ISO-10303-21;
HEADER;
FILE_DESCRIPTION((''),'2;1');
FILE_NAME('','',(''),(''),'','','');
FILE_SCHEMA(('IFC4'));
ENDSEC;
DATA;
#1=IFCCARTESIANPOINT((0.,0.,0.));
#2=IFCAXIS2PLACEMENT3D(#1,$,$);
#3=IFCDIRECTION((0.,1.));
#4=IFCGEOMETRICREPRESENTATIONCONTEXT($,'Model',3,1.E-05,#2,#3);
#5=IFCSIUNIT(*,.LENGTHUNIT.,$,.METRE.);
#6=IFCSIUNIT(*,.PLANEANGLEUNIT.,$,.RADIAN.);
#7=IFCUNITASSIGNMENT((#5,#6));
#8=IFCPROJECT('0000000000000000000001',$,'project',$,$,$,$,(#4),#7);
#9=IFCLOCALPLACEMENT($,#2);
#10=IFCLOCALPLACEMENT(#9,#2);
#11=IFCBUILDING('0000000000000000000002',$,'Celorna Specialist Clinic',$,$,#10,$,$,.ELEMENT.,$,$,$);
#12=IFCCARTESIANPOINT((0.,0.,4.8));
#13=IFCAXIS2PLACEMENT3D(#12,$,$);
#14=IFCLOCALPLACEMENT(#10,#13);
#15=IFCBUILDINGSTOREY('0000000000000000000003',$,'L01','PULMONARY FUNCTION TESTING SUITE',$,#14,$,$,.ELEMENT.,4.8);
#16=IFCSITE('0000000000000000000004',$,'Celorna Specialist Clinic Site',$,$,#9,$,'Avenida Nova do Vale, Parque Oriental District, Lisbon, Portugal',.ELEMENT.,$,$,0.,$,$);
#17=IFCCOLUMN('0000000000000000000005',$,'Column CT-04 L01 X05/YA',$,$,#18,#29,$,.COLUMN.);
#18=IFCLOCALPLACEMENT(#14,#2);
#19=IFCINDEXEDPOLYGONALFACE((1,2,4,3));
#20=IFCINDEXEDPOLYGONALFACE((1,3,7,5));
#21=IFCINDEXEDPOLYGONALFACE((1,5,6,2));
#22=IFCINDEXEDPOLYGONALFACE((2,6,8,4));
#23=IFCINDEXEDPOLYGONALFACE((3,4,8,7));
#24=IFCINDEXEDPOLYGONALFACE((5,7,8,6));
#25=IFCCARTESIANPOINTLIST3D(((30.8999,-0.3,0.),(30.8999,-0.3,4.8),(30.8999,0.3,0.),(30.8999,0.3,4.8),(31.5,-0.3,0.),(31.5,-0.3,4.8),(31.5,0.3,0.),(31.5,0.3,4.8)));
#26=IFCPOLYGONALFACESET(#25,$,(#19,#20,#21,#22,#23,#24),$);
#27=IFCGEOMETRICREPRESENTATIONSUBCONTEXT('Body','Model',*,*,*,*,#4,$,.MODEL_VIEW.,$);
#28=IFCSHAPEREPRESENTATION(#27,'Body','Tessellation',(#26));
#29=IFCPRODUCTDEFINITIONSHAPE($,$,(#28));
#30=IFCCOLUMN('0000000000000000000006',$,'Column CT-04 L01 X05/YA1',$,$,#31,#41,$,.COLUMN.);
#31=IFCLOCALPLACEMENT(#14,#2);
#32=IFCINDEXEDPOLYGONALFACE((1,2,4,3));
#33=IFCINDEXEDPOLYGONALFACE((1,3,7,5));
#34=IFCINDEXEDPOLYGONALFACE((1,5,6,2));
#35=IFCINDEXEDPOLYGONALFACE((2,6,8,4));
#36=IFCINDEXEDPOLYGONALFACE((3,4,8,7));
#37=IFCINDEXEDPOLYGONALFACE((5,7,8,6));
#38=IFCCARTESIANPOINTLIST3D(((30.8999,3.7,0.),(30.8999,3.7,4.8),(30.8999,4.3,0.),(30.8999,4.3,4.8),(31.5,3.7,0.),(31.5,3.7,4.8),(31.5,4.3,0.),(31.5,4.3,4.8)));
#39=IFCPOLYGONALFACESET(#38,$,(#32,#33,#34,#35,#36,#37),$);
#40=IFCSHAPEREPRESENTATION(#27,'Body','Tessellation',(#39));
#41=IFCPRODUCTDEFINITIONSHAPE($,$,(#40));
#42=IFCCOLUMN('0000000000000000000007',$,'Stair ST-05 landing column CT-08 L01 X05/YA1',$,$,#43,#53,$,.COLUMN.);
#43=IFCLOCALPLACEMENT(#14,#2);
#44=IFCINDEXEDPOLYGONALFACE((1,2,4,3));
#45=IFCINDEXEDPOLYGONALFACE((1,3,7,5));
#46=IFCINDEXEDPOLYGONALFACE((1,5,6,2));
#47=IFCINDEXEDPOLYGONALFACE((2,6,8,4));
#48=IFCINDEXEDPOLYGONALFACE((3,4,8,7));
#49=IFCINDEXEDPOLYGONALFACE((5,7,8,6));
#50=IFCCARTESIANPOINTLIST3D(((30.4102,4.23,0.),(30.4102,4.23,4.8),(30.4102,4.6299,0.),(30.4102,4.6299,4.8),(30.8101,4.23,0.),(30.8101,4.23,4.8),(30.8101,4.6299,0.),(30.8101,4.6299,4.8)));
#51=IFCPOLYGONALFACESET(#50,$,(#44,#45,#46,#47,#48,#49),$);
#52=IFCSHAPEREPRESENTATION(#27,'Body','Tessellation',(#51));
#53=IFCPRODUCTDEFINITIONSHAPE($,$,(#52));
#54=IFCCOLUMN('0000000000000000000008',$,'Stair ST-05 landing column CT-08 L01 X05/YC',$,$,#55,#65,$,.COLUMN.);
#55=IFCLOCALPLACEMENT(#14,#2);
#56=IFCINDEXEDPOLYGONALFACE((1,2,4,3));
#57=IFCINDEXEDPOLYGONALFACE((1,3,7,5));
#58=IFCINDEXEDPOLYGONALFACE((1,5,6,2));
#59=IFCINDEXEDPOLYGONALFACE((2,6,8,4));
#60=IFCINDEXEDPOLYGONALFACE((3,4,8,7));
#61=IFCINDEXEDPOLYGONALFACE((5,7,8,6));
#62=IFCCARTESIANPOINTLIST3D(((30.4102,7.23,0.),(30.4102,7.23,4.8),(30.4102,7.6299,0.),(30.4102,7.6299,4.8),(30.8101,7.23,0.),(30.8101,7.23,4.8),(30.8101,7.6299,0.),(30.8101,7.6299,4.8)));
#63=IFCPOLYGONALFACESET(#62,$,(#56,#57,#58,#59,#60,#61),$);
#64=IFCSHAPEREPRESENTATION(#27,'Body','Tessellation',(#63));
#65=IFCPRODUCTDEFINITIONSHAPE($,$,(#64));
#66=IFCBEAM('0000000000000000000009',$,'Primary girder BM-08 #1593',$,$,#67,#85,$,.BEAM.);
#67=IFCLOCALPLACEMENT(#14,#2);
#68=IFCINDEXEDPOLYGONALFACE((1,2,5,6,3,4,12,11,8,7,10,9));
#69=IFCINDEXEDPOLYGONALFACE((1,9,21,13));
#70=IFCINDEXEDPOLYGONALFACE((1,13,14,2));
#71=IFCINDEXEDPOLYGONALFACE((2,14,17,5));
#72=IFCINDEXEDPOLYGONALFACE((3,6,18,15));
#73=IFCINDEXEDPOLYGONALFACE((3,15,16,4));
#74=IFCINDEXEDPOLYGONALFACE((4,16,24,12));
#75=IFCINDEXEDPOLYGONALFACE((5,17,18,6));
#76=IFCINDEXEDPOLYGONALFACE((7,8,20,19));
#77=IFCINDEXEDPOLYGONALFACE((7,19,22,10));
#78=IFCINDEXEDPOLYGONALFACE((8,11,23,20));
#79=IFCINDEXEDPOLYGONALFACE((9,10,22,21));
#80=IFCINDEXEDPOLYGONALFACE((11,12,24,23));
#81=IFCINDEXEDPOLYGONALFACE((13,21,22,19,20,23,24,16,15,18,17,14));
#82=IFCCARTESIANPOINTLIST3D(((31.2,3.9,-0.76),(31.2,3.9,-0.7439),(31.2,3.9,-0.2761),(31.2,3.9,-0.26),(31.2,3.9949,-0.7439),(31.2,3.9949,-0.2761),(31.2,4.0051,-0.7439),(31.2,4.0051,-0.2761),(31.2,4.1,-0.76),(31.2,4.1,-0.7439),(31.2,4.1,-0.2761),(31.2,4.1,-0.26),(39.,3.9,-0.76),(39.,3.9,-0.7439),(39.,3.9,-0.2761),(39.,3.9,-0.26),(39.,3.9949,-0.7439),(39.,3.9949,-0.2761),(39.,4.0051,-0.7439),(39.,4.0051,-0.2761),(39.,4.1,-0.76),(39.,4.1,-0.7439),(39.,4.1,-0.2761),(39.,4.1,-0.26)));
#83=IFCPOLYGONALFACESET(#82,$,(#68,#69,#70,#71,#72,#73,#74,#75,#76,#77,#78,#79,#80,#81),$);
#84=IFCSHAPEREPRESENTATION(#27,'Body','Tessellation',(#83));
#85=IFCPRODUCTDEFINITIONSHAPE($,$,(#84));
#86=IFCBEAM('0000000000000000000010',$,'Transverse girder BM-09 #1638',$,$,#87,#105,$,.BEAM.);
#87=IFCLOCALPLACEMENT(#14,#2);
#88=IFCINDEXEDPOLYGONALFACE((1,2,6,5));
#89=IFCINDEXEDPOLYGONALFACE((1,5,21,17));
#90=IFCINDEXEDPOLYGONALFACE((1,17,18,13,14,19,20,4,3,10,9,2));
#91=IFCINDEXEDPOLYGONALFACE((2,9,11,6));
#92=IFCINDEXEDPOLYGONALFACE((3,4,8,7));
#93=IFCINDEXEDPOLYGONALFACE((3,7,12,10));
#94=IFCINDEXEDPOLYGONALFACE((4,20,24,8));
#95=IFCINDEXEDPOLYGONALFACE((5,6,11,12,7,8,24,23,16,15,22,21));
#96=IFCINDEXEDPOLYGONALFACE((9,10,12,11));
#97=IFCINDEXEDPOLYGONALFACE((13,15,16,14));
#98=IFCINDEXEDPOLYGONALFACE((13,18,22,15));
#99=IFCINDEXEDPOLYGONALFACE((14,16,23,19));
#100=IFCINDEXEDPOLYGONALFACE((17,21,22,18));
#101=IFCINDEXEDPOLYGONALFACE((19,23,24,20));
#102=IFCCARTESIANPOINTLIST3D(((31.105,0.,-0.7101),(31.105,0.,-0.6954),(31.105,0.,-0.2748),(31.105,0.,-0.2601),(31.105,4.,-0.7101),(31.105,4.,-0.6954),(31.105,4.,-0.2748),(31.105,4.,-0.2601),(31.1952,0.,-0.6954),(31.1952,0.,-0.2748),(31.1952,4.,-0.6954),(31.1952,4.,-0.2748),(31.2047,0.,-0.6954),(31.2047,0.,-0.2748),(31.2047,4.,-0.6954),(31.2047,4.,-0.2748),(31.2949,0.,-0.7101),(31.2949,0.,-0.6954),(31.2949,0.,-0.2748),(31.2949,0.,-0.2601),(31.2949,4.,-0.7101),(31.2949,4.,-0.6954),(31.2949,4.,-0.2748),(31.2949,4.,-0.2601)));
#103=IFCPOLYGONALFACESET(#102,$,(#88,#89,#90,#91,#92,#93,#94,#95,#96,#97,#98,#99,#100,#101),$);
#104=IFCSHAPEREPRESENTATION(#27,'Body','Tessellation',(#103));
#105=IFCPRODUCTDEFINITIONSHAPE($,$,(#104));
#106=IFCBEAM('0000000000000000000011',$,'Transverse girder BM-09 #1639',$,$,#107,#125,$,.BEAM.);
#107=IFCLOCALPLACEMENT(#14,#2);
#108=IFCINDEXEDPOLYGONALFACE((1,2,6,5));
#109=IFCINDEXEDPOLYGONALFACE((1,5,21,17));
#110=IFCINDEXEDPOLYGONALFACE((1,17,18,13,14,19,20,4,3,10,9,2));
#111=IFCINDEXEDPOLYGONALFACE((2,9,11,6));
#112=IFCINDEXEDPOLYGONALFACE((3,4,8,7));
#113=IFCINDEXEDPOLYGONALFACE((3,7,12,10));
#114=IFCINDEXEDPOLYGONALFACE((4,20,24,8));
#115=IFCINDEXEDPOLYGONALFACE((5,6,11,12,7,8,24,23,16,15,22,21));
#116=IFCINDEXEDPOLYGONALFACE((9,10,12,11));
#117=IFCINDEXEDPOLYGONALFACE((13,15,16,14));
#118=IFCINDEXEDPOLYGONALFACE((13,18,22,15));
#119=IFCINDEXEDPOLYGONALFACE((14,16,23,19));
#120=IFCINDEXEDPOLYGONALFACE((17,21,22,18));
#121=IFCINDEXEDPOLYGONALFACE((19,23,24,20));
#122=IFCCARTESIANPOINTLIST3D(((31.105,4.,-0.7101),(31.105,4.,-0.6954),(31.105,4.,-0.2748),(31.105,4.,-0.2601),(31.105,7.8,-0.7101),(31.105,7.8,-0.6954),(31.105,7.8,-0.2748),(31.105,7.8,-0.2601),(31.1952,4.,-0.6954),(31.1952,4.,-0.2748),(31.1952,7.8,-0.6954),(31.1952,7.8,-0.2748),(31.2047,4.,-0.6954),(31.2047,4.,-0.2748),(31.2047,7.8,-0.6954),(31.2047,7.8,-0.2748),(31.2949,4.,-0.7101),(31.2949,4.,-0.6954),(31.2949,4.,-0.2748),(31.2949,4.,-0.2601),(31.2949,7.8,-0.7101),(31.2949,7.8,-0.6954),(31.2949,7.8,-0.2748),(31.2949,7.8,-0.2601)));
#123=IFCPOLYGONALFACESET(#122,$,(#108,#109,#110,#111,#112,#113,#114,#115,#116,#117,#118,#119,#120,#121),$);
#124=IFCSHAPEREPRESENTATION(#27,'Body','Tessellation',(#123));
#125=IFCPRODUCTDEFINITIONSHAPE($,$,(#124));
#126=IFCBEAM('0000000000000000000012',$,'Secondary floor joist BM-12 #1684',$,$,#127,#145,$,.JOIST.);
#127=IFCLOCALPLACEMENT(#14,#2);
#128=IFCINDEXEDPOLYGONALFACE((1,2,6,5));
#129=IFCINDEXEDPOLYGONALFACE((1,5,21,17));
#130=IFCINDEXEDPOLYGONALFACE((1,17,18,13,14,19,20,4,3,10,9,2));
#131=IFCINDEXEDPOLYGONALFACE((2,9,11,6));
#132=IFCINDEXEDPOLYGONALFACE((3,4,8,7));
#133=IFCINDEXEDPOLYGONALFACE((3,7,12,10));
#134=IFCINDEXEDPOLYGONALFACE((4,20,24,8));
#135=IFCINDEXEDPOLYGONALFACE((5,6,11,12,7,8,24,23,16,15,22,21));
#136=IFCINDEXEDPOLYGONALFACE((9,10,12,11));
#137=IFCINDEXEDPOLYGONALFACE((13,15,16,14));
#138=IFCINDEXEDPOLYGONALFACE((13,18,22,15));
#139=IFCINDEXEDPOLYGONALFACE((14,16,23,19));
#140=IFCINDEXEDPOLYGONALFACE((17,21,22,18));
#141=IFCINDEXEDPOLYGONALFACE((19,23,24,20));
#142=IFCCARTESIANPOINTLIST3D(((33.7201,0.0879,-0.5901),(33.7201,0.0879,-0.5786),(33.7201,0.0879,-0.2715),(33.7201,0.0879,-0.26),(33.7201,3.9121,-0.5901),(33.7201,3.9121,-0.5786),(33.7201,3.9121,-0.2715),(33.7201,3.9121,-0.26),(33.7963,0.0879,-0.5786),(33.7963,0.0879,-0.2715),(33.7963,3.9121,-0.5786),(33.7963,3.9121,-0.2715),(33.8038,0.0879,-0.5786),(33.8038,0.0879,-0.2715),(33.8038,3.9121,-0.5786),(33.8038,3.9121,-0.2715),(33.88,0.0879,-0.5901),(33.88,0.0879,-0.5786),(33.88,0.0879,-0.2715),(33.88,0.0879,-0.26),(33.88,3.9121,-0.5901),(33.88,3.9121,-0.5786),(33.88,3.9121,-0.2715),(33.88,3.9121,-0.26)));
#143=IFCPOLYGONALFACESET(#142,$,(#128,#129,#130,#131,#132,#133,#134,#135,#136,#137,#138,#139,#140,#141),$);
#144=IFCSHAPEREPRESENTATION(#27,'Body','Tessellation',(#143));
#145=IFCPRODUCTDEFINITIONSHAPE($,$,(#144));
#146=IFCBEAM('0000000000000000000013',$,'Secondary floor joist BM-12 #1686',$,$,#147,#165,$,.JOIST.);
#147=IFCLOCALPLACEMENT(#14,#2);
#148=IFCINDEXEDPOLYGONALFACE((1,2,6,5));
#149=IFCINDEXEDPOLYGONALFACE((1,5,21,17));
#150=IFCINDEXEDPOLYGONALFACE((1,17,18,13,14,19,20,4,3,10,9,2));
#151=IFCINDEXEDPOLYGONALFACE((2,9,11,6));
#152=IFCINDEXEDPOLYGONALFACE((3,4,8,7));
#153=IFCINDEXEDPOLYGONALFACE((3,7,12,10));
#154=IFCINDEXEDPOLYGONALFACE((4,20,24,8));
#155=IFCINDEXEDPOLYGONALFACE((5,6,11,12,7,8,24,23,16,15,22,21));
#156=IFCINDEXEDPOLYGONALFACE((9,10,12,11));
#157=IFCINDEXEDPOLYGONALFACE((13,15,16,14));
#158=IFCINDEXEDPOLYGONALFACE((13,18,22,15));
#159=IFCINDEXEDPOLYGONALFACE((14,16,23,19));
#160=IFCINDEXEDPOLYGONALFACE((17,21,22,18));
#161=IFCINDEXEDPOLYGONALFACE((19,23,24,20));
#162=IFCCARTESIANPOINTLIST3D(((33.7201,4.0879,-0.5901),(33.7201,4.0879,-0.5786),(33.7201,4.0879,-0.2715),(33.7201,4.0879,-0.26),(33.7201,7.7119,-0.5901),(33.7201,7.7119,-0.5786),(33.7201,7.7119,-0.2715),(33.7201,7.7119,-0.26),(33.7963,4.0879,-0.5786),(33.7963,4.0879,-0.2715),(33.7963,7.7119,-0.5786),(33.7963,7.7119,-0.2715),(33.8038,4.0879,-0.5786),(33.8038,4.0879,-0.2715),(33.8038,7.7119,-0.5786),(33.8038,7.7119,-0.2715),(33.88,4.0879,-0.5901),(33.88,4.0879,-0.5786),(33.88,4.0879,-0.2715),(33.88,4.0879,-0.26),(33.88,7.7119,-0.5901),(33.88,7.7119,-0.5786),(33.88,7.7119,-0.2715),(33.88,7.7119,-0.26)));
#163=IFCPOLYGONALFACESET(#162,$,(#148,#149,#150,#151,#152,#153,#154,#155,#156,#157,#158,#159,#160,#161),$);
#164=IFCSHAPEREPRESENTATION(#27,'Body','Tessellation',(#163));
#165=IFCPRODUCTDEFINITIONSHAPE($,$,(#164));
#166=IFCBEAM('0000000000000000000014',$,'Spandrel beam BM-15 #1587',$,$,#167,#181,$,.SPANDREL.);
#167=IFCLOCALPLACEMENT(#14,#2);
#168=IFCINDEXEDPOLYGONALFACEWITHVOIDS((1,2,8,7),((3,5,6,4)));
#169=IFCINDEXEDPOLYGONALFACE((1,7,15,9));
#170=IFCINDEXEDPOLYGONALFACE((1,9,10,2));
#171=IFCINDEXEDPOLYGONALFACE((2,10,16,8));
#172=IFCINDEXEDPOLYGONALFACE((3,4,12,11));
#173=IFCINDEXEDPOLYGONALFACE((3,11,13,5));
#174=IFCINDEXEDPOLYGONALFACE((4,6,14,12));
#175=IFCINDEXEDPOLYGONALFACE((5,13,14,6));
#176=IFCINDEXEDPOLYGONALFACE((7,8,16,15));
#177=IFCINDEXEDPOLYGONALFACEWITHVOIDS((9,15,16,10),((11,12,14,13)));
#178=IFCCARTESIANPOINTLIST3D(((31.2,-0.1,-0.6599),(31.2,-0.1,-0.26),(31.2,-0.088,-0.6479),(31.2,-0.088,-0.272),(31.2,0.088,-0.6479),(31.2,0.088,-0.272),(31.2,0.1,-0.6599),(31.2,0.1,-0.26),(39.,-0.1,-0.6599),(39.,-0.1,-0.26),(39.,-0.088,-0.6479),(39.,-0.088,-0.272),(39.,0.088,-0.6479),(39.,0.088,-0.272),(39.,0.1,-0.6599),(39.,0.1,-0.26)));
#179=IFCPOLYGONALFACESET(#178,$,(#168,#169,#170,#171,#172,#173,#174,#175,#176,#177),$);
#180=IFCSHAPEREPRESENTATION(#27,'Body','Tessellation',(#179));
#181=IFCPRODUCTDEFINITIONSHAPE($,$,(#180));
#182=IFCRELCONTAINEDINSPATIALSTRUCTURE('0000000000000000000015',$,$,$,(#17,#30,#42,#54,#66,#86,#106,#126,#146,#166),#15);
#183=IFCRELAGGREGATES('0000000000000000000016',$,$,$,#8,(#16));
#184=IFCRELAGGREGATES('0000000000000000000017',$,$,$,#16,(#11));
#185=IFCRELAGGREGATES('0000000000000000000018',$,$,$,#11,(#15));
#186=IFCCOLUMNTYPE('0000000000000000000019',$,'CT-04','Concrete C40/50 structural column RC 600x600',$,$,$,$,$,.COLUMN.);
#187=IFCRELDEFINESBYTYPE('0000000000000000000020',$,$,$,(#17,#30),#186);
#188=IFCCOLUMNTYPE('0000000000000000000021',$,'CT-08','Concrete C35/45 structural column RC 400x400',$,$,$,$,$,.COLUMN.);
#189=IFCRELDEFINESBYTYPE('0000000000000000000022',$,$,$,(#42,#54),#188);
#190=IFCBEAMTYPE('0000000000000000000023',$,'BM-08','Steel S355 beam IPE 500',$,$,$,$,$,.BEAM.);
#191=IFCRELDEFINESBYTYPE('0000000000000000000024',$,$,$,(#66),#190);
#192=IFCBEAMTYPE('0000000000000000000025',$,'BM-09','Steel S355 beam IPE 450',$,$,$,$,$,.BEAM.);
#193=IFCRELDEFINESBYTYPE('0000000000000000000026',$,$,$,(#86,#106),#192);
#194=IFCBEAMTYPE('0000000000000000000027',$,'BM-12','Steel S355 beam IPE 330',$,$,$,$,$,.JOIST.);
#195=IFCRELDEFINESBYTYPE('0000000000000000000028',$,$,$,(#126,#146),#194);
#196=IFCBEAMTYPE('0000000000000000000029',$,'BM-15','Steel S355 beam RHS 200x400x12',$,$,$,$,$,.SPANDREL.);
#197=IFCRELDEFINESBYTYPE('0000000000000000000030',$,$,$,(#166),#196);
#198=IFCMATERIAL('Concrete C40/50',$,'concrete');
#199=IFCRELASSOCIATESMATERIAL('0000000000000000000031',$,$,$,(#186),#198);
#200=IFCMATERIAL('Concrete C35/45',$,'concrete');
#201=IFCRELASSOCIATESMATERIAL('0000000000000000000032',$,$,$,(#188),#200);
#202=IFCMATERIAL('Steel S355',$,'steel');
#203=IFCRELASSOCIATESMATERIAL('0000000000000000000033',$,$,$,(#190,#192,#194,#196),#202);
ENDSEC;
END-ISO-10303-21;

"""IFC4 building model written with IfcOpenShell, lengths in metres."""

from ifc_helpers import new_model, si_unit, direction, frame, origin, origin_2d, place, context, subcontext, project, spatial, rectangle, hollow_rectangle, i_section, extrude, material, material_profile, profile_set, type_object, element, save


model = new_model("IFC4")

# Units and contexts
model_context = context("Model", 3, precision=1e-05, world=origin(), true_north=direction((0.0, 1.0)))
body_context = subcontext(model_context, "Body", "Model", "MODEL_VIEW")
ifc_project = project(units=[si_unit("LENGTHUNIT", "METRE"), si_unit("PLANEANGLEUNIT", "RADIAN")], contexts=[model_context])

# Site, building, storey
site_placement = place(None, origin())
site = spatial("IfcSite", under=ifc_project, at=site_placement, Name="Celorna Specialist Clinic Site", LongName="Avenida Nova do Vale, Parque Oriental District, Lisbon, Portugal", CompositionType="ELEMENT", RefElevation=0.0)
building_placement = place(site_placement, origin())
building = spatial("IfcBuilding", under=site, at=building_placement, Name="Celorna Specialist Clinic", CompositionType="ELEMENT")
storey_placement = place(building_placement, frame((0.0, 0.0, 4.8)))
storey = spatial("IfcBuildingStorey", under=building, at=storey_placement, Name="L01", Description="PULMONARY FUNCTION TESTING SUITE", CompositionType="ELEMENT", Elevation=4.8)

# Columns
ifc_material_1 = material(Name="Concrete C40/50", Category="concrete")
ifc_material_profile_1 = material_profile(ifc_material_1, rectangle(XDim=0.6001, YDim=0.6001, at=origin_2d()), Name="RC 600x600")
ifc_profile_set_1 = profile_set([ifc_material_profile_1], Name="Concrete C40/50")
column_type_1 = type_object("IfcColumnType", Name="CT-04", Description="Concrete C40/50 structural column RC 600x600", PredefinedType="COLUMN", material=ifc_profile_set_1)
for number, where, z_axis, x_axis, name in (
    (1, (31.2, 0.0, 0.0), (0.0, 0.0, 1.0), (1.0, 0.0, 0.0), "Column CT-04 L01 X05/YA"),
    (2, (31.2, 4.0, 0.0), (0.0, 0.0, 1.0), (1.0, 0.0, 0.0), "Column CT-04 L01 X05/YA1"),
):
    element("IfcColumn", number, at=place(storey_placement, frame(where, z_axis=z_axis, x_axis=x_axis)), inside=storey, type_object=column_type_1, Name=name, PredefinedType="COLUMN", context=body_context, shape_type="SweptSolid", body=[
        extrude(rectangle(XDim=0.6001, YDim=0.6001, at=origin_2d()), origin(), (0.0, 0.0, 1.0), 4.8),
    ])
ifc_material_2 = material(Name="Concrete C35/45", Category="concrete")
ifc_material_profile_2 = material_profile(ifc_material_2, rectangle(XDim=0.3999, YDim=0.3999, at=origin_2d()), Name="RC 400x400")
ifc_profile_set_2 = profile_set([ifc_material_profile_2], Name="Concrete C35/45")
column_type_2 = type_object("IfcColumnType", Name="CT-08", Description="Concrete C35/45 structural column RC 400x400", PredefinedType="COLUMN", material=ifc_profile_set_2)
for number, where, z_axis, x_axis, name in (
    (3, (30.6101, 4.4299, 0.0), (0.0, 0.0, 1.0), (1.0, 0.0, 0.0), "Stair ST-05 landing column CT-08 L01 X05/YA1"),
    (4, (30.6101, 7.4299, 0.0), (0.0, 0.0, 1.0), (1.0, 0.0, 0.0), "Stair ST-05 landing column CT-08 L01 X05/YC"),
):
    element("IfcColumn", number, at=place(storey_placement, frame(where, z_axis=z_axis, x_axis=x_axis)), inside=storey, type_object=column_type_2, Name=name, PredefinedType="COLUMN", context=body_context, shape_type="SweptSolid", body=[
        extrude(rectangle(XDim=0.3999, YDim=0.3999, at=origin_2d()), origin(), (0.0, 0.0, 1.0), 4.8),
    ])

# Beams
ifc_material_3 = material(Name="Steel S355", Category="steel")
ifc_material_profile_3 = material_profile(ifc_material_3, i_section(OverallWidth=0.2, OverallDepth=0.5, WebThickness=0.0103, FlangeThickness=0.0161, at=origin_2d()), Name="IPE 500")
ifc_profile_set_3 = profile_set([ifc_material_profile_3], Name="Steel S355")
beam_type_1 = type_object("IfcBeamType", Name="BM-08", Description="Steel S355 beam IPE 500", PredefinedType="BEAM", material=ifc_profile_set_3)
beam_1_placement = place(storey_placement, frame((31.2, 4.0, -0.51), z_axis=(1.0, 0.0, 0.0), x_axis=(0.0, 1.0, 0.0)))
element("IfcBeam", 5, at=beam_1_placement, inside=storey, type_object=beam_type_1, Name="Primary girder BM-08 #1593", PredefinedType="BEAM", context=body_context, shape_type="SweptSolid", body=[
    extrude(i_section(OverallWidth=0.2, OverallDepth=0.5, WebThickness=0.0103, FlangeThickness=0.0161, at=origin_2d()), origin(), (0.0, 0.0, 1.0), 7.8),
])
ifc_material_profile_4 = material_profile(ifc_material_3, i_section(OverallWidth=0.1899, OverallDepth=0.45, WebThickness=0.0095, FlangeThickness=0.0146, at=origin_2d()), Name="IPE 450")
ifc_profile_set_4 = profile_set([ifc_material_profile_4], Name="Steel S355")
beam_type_2 = type_object("IfcBeamType", Name="BM-09", Description="Steel S355 beam IPE 450", PredefinedType="BEAM", material=ifc_profile_set_4)
beam_2_placement = place(storey_placement, frame((31.2, 0.0, -0.4851), z_axis=(0.0, 1.0, 0.0), x_axis=(-1.0, 0.0, 0.0)))
element("IfcBeam", 6, at=beam_2_placement, inside=storey, type_object=beam_type_2, Name="Transverse girder BM-09 #1638", PredefinedType="BEAM", context=body_context, shape_type="SweptSolid", body=[
    extrude(i_section(OverallWidth=0.1899, OverallDepth=0.45, WebThickness=0.0095, FlangeThickness=0.0146, at=origin_2d()), origin(), (0.0, 0.0, 1.0), 4.0),
])
beam_3_placement = place(storey_placement, frame((31.2, 4.0, -0.4851), z_axis=(0.0, 1.0, 0.0), x_axis=(-1.0, 0.0, 0.0)))
element("IfcBeam", 7, at=beam_3_placement, inside=storey, type_object=beam_type_2, Name="Transverse girder BM-09 #1639", PredefinedType="BEAM", context=body_context, shape_type="SweptSolid", body=[
    extrude(i_section(OverallWidth=0.1899, OverallDepth=0.45, WebThickness=0.0095, FlangeThickness=0.0146, at=origin_2d()), origin(), (0.0, 0.0, 1.0), 3.8),
])
ifc_material_profile_5 = material_profile(ifc_material_3, i_section(OverallWidth=0.1599, OverallDepth=0.3301, WebThickness=0.0076, FlangeThickness=0.0115, at=origin_2d()), Name="IPE 330")
ifc_profile_set_5 = profile_set([ifc_material_profile_5], Name="Steel S355")
beam_type_3 = type_object("IfcBeamType", Name="BM-12", Description="Steel S355 beam IPE 330", PredefinedType="JOIST", material=ifc_profile_set_5)
beam_4_placement = place(storey_placement, frame((33.8, 0.0879, -0.425), z_axis=(0.0, 1.0, 0.0), x_axis=(-1.0, 0.0, 0.0)))
element("IfcBeam", 8, at=beam_4_placement, inside=storey, type_object=beam_type_3, Name="Secondary floor joist BM-12 #1684", PredefinedType="JOIST", context=body_context, shape_type="SweptSolid", body=[
    extrude(i_section(OverallWidth=0.1599, OverallDepth=0.3301, WebThickness=0.0076, FlangeThickness=0.0115, at=origin_2d()), origin(), (0.0, 0.0, 1.0), 3.8242),
])
beam_5_placement = place(storey_placement, frame((33.8, 4.0879, -0.425), z_axis=(0.0, 1.0, 0.0), x_axis=(-1.0, 0.0, 0.0)))
element("IfcBeam", 9, at=beam_5_placement, inside=storey, type_object=beam_type_3, Name="Secondary floor joist BM-12 #1686", PredefinedType="JOIST", context=body_context, shape_type="SweptSolid", body=[
    extrude(i_section(OverallWidth=0.1599, OverallDepth=0.3301, WebThickness=0.0076, FlangeThickness=0.0115, at=origin_2d()), origin(), (0.0, 0.0, 1.0), 3.624),
])
ifc_material_profile_6 = material_profile(ifc_material_3, hollow_rectangle(XDim=0.2, YDim=0.3999, WallThickness=0.012, at=origin_2d()), Name="RHS 200x400x12")
ifc_profile_set_6 = profile_set([ifc_material_profile_6], Name="Steel S355")
beam_type_4 = type_object("IfcBeamType", Name="BM-15", Description="Steel S355 beam RHS 200x400x12", PredefinedType="SPANDREL", material=ifc_profile_set_6)
beam_6_placement = place(storey_placement, frame((31.2, 0.0, -0.46), z_axis=(1.0, 0.0, 0.0), x_axis=(0.0, 1.0, 0.0)))
element("IfcBeam", 10, at=beam_6_placement, inside=storey, type_object=beam_type_4, Name="Spandrel beam BM-15 #1587", PredefinedType="SPANDREL", context=body_context, shape_type="SweptSolid", body=[
    extrude(hollow_rectangle(XDim=0.2, YDim=0.3999, WallThickness=0.012, at=origin_2d()), origin(), (0.0, 0.0, 1.0), 7.8),
])

save(model, "model.ifc")
